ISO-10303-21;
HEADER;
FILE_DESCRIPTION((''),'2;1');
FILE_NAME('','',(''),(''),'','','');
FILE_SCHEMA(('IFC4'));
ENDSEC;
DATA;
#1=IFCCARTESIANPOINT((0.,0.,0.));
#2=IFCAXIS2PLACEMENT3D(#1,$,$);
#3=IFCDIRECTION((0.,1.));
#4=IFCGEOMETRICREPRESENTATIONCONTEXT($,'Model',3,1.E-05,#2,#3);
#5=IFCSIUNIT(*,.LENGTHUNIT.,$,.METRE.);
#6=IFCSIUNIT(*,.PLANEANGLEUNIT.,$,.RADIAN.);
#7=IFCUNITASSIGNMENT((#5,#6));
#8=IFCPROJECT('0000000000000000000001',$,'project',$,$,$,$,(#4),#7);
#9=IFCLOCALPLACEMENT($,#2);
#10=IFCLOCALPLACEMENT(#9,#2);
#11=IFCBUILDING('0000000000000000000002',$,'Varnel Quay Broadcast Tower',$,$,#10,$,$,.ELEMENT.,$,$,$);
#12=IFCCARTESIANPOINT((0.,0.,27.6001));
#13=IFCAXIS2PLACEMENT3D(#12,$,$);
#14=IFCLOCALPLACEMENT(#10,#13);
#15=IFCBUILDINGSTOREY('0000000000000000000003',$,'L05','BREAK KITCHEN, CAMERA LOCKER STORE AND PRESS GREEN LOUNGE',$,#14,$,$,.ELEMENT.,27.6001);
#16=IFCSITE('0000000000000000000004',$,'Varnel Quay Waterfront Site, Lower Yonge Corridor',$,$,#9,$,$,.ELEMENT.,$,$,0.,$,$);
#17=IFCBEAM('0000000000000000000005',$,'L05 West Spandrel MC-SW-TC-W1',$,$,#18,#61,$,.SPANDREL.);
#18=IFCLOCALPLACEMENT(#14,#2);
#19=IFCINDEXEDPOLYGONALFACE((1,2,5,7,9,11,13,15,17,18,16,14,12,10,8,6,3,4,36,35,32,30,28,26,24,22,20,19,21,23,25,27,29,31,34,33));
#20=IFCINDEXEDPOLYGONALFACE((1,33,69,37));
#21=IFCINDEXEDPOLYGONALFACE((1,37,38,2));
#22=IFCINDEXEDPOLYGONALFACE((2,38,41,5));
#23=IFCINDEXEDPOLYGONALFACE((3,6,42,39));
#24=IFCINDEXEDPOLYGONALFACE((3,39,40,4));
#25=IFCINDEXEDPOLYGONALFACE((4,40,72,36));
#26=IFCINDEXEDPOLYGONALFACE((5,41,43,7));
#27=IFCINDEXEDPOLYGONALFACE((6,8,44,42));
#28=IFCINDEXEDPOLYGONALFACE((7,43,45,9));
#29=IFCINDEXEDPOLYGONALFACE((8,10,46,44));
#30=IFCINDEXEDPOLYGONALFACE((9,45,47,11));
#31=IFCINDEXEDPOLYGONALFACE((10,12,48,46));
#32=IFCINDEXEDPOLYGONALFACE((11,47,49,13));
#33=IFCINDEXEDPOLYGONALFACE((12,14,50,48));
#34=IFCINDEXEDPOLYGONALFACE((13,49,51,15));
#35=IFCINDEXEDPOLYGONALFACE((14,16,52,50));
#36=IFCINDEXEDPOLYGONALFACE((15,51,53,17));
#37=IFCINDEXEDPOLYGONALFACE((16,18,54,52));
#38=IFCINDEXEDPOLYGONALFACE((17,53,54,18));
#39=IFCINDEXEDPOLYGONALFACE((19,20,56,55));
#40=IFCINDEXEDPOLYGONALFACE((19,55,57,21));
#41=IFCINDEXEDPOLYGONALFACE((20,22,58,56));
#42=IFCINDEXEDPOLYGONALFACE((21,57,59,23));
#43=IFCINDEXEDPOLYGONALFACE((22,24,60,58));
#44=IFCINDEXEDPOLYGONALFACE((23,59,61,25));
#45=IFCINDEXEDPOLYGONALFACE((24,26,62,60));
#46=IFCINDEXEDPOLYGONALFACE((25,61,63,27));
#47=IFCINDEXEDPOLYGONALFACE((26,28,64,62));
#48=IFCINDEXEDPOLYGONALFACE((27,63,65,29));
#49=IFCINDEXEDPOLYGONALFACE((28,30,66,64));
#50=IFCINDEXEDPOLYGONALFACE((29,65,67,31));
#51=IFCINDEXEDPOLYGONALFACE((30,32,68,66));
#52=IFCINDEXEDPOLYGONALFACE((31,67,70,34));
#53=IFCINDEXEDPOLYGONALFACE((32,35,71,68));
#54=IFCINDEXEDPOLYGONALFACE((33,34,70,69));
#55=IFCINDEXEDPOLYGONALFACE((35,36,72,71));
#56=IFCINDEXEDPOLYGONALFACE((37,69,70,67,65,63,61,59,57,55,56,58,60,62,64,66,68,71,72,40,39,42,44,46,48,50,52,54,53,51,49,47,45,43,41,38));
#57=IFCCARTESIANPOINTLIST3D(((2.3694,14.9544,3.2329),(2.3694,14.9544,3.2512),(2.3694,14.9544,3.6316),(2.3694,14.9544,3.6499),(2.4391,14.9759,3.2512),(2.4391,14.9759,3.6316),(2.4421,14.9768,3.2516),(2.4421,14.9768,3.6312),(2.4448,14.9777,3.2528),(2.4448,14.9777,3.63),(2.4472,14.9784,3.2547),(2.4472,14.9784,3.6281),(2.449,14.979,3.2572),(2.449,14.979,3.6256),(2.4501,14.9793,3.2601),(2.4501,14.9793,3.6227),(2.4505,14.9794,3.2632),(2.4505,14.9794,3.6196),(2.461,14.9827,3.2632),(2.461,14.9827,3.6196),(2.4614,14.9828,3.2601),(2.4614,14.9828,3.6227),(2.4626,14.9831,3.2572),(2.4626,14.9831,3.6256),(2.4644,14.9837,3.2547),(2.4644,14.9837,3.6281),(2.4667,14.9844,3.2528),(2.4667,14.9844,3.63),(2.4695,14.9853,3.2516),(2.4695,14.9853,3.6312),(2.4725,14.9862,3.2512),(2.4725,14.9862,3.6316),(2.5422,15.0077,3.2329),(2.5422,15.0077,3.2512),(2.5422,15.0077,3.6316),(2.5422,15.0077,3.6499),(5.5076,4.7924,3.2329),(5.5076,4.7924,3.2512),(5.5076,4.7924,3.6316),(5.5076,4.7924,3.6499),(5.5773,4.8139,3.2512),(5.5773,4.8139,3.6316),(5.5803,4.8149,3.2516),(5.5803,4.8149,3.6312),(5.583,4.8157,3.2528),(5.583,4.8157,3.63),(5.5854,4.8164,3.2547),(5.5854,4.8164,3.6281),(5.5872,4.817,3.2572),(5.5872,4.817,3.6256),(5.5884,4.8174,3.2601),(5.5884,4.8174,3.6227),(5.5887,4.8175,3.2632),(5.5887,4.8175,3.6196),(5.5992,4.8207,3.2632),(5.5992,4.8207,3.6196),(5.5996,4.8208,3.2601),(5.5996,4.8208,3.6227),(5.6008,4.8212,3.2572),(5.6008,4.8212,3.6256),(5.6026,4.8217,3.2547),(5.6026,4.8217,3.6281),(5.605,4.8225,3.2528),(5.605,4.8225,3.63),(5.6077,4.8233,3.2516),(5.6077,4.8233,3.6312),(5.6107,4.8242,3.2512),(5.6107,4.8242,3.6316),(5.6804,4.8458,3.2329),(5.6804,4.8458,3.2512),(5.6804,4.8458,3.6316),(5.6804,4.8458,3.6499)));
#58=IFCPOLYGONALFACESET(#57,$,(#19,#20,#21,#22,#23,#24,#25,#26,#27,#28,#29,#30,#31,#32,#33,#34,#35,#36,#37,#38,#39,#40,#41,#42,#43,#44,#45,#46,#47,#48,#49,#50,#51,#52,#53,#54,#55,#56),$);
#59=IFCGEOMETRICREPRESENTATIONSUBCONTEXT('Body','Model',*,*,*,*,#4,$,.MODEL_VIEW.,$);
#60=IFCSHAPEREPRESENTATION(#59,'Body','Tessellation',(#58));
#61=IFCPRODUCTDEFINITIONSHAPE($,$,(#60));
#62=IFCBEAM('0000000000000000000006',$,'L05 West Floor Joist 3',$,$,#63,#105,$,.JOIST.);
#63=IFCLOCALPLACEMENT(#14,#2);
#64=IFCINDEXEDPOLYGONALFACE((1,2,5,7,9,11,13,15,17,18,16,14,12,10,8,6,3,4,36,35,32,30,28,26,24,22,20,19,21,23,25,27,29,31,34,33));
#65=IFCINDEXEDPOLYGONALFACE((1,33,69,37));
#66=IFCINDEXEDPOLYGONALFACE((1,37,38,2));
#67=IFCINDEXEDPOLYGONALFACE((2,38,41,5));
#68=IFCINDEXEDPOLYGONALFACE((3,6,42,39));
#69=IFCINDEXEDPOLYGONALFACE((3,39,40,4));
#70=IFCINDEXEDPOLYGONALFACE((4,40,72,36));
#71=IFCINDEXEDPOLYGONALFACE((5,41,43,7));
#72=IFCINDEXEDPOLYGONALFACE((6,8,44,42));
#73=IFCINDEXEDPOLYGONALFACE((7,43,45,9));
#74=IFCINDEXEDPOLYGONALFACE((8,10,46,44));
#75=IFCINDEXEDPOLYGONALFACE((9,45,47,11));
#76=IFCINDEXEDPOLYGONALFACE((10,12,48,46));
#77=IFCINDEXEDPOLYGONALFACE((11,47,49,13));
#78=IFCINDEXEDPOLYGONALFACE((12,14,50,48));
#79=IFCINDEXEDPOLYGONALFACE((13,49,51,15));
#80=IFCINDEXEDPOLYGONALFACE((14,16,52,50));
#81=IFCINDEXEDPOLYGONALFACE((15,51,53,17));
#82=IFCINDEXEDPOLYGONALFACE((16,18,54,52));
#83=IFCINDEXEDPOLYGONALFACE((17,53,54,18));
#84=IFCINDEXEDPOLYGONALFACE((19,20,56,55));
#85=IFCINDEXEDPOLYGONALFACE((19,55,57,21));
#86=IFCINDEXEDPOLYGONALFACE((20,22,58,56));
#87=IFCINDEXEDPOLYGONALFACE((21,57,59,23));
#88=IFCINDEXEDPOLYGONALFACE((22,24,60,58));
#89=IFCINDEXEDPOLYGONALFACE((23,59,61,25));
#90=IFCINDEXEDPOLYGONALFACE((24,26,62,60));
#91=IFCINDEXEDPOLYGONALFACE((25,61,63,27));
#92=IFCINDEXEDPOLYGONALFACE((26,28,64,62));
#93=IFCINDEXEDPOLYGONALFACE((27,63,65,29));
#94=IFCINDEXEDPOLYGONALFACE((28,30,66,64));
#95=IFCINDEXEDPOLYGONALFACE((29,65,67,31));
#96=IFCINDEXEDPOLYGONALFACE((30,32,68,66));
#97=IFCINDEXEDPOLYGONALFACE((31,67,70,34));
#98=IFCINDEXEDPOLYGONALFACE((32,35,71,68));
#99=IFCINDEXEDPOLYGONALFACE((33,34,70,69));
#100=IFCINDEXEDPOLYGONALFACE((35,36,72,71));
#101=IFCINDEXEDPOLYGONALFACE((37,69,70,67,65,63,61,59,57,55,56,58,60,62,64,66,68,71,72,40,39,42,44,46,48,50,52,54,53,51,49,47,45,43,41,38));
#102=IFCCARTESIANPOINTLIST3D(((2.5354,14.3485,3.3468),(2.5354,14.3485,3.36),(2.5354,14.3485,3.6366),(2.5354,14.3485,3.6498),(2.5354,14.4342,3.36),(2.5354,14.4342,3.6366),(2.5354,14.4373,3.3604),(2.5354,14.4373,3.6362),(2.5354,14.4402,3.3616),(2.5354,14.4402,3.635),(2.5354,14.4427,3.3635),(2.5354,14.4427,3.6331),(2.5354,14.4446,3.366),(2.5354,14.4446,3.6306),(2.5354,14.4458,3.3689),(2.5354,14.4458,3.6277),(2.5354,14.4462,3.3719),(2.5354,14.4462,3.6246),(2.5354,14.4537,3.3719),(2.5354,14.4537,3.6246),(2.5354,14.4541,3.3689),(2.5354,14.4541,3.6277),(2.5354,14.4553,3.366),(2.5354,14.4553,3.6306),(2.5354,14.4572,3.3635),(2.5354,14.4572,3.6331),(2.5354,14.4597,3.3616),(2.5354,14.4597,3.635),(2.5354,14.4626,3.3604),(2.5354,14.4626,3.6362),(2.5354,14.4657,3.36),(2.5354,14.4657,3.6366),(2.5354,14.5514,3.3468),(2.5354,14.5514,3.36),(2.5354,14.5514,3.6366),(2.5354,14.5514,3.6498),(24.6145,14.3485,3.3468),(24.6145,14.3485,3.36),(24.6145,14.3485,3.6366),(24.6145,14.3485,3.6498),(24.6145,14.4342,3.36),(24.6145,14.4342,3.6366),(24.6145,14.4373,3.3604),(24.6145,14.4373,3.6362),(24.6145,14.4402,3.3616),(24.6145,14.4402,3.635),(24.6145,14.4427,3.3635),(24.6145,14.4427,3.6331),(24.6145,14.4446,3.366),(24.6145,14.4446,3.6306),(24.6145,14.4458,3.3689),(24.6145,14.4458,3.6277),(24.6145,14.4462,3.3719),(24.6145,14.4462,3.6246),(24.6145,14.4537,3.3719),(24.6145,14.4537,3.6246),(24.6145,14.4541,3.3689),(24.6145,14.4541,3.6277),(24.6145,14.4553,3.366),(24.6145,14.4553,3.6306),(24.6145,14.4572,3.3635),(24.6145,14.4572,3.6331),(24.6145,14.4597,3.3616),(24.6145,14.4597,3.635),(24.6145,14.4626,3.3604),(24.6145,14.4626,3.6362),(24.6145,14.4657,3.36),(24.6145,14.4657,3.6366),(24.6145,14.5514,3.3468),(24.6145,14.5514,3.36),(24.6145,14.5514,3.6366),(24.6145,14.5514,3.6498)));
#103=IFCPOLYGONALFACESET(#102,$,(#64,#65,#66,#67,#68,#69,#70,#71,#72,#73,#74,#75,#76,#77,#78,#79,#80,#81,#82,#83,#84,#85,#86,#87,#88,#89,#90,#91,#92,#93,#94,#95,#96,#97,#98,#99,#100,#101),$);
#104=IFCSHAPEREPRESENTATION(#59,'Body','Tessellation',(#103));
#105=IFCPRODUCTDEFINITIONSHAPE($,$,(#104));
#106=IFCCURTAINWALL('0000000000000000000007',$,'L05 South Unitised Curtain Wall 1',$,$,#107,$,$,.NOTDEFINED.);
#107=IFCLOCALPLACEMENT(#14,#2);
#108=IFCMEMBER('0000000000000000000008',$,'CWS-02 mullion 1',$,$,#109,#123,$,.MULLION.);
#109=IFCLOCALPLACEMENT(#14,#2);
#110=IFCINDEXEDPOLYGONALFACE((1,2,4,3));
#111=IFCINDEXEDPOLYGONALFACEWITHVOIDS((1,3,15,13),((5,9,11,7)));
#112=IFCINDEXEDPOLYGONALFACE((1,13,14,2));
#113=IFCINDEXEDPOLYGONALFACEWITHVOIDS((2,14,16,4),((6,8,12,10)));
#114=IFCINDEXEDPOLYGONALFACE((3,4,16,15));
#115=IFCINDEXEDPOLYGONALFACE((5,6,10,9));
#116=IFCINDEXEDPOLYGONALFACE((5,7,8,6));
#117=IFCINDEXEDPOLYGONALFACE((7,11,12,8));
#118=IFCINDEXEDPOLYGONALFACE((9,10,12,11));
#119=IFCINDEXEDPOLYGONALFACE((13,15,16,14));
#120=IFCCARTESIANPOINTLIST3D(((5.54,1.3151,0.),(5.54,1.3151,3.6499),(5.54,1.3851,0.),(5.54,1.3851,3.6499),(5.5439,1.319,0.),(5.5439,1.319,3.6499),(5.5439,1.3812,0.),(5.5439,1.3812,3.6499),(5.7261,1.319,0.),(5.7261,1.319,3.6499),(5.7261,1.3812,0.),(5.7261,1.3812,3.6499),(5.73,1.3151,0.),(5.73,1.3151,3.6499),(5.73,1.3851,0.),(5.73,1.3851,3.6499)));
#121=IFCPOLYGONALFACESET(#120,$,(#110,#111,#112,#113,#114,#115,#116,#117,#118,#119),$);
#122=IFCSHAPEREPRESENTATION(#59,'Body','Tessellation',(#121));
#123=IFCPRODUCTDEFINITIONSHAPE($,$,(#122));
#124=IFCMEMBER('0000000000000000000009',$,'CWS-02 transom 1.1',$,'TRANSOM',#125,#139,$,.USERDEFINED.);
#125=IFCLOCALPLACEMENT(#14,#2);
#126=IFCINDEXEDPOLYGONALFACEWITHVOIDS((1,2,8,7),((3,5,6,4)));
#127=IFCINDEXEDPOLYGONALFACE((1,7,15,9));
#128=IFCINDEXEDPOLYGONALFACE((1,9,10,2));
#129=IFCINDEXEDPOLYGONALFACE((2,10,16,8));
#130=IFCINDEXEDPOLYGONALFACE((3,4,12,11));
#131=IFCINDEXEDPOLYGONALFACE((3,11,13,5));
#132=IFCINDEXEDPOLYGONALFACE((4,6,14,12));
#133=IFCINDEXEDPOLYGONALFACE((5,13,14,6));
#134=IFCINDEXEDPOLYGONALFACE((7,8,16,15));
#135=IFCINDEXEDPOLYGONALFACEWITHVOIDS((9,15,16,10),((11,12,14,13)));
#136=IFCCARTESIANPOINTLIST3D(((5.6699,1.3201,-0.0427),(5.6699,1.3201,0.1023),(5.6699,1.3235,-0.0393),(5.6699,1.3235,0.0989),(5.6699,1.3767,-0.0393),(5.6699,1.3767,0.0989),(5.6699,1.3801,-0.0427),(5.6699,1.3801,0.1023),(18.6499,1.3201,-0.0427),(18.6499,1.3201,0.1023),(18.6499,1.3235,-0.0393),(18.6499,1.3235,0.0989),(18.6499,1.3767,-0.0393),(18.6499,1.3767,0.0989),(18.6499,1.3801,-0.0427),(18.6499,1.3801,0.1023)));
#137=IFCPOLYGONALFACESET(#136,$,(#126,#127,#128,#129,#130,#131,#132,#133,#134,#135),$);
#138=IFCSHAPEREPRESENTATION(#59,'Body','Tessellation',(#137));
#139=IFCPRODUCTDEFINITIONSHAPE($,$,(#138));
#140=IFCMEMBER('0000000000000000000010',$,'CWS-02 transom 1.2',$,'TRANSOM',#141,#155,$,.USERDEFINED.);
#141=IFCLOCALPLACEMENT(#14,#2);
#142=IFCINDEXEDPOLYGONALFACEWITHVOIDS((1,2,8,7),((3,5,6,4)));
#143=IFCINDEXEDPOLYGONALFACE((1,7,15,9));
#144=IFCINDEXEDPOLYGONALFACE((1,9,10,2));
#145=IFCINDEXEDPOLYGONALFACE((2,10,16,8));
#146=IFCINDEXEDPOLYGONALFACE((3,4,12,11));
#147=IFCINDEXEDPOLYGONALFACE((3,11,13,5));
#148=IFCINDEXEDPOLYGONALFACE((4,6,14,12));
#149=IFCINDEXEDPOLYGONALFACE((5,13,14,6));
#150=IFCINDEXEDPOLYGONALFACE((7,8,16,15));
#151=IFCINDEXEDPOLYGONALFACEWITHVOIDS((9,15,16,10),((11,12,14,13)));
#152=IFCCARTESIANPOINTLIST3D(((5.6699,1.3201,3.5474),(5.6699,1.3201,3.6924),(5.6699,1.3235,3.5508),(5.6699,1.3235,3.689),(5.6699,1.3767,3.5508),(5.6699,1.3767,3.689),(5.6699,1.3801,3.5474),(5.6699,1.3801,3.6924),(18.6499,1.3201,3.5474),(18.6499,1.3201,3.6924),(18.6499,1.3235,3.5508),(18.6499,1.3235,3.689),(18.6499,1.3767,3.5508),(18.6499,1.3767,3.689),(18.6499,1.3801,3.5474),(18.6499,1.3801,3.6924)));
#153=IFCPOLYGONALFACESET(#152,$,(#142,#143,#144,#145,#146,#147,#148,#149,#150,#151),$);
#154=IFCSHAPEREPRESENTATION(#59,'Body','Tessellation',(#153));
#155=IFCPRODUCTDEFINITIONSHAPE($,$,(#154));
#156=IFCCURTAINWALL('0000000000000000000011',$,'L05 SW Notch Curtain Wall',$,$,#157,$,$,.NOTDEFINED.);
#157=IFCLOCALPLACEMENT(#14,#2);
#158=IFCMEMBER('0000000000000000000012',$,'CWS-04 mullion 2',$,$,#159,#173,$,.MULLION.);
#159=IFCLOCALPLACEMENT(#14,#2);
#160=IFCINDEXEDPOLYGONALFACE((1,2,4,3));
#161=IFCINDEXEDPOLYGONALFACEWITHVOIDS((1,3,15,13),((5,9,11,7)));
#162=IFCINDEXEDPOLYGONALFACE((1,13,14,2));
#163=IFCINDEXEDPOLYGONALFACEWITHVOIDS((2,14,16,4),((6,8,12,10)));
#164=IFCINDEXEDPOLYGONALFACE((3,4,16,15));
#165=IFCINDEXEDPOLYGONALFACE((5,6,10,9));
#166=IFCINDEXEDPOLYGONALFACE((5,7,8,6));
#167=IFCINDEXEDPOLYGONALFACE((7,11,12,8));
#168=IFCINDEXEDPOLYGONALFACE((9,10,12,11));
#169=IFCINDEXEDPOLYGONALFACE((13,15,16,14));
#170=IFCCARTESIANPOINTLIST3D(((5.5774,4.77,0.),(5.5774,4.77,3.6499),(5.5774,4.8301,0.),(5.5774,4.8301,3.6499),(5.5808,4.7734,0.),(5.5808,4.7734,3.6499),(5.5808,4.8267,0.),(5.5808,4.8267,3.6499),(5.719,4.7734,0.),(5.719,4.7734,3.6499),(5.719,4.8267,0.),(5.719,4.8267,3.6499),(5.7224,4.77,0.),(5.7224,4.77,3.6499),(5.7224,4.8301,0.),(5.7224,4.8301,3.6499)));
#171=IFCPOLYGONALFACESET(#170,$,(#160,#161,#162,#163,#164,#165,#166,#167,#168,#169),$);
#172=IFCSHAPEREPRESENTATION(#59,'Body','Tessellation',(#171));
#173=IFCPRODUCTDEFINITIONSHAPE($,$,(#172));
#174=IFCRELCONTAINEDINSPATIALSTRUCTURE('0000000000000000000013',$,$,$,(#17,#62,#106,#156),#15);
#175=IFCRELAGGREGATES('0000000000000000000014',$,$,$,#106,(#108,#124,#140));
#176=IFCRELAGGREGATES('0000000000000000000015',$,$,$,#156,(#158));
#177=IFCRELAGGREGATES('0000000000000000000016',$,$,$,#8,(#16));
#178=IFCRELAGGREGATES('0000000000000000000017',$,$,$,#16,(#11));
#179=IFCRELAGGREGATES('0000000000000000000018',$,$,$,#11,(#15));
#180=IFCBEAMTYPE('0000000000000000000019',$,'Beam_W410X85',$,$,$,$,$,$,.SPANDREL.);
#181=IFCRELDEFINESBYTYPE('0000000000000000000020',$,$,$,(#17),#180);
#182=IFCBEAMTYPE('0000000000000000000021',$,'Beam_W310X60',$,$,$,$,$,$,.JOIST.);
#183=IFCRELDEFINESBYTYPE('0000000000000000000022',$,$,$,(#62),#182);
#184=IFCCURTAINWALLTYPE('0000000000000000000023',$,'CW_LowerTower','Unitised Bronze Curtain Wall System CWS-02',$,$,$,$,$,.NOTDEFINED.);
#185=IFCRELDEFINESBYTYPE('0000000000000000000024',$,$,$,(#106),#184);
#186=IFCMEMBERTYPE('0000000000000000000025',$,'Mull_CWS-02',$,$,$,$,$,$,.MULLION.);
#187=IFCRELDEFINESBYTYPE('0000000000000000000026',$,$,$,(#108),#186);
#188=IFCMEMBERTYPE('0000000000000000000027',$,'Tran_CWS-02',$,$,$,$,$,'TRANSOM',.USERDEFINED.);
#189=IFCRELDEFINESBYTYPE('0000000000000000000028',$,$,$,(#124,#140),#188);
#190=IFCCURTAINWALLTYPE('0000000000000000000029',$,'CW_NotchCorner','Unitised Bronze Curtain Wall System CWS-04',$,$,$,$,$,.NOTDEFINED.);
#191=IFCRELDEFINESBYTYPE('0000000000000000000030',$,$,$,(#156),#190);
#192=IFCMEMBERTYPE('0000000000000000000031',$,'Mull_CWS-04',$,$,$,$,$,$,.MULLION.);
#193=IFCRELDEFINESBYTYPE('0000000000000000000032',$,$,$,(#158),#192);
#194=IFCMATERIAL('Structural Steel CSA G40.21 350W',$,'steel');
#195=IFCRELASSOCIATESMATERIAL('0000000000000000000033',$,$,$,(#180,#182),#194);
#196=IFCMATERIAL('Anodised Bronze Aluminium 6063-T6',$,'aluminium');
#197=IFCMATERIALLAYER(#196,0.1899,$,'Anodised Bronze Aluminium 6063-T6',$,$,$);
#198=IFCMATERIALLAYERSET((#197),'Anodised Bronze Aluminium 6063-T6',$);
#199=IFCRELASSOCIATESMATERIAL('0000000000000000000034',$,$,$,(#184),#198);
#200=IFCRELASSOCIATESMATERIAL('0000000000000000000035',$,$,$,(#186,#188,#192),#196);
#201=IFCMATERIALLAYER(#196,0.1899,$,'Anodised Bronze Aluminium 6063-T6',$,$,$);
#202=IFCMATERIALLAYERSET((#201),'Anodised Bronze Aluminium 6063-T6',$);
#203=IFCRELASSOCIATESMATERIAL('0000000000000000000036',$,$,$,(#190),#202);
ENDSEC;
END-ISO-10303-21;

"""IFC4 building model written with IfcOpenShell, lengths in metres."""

from ifc_helpers import new_model, si_unit, direction, frame, origin, origin_2d, place, context, subcontext, project, spatial, hollow_rectangle, i_section, extrude, source, transform, mapped, material, layer, layer_set, material_profile, profile_set, type_object, type_shapes, element, aggregate, save


model = new_model("IFC4")

# Units and contexts
model_context = context("Model", 3, precision=1e-05, world=origin(), true_north=direction((0.0, 1.0)))
body_context = subcontext(model_context, "Body", "Model", "MODEL_VIEW")
ifc_project = project(units=[si_unit("LENGTHUNIT", "METRE"), si_unit("PLANEANGLEUNIT", "RADIAN")], contexts=[model_context])

# Site, building, storey
site_placement = place(None, origin())
site = spatial("IfcSite", under=ifc_project, at=site_placement, Name="Varnel Quay Waterfront Site, Lower Yonge Corridor", CompositionType="ELEMENT", RefElevation=0.0)
building_placement = place(site_placement, origin())
building = spatial("IfcBuilding", under=site, at=building_placement, Name="Varnel Quay Broadcast Tower", CompositionType="ELEMENT")
storey_placement = place(building_placement, frame((0.0, 0.0, 27.6001)))
storey = spatial("IfcBuildingStorey", under=building, at=storey_placement, Name="L05", Description="BREAK KITCHEN, CAMERA LOCKER STORE AND PRESS GREEN LOUNGE", CompositionType="ELEMENT", Elevation=27.6001)

# Shared definitions
ifc_material_1 = material(Name="Structural Steel CSA G40.21 350W", Category="steel")

# Beams
ifc_material_profile_1 = material_profile(ifc_material_1, i_section(OverallWidth=0.1809, OverallDepth=0.417, WebThickness=0.011, FlangeThickness=0.0183, FilletRadius=0.012, at=origin_2d()), Name="W410X85")
ifc_profile_set_1 = profile_set([ifc_material_profile_1], Name="Structural Steel CSA G40.21 350W")
beam_type_1 = type_object("IfcBeamType", Name="Beam_W410X85", PredefinedType="SPANDREL", material=ifc_profile_set_1)
shared_shape_1 = source(origin(), body_context, "Body", "SweptSolid", [
    extrude(i_section(OverallWidth=0.1809, OverallDepth=0.417, WebThickness=0.011, FlangeThickness=0.0183, FilletRadius=0.012, at=origin_2d()), origin(), (0.0, 0.0, 1.0), 10.6355),
])
beam_1_placement = place(storey_placement, frame((5.594, 4.8191, 3.4414), z_axis=(-0.29507, 0.955476, 0.0), x_axis=(-0.955476, -0.29507, 0.0)))
element("IfcBeam", 1, at=beam_1_placement, inside=storey, type_object=beam_type_1, Name="L05 West Spandrel MC-SW-TC-W1", PredefinedType="SPANDREL", context=body_context, shape_type="MappedRepresentation", body=[
    mapped(shared_shape_1, transform((0.0, 0.0, 0.0), x_axis=(1.0, 0.0, 0.0), y_axis=(0.0, 1.0, 0.0), z_axis=(0.0, 0.0, 1.0), scale=1.0)),
])
ifc_material_profile_2 = material_profile(ifc_material_1, i_section(OverallWidth=0.2029, OverallDepth=0.303, WebThickness=0.0076, FlangeThickness=0.0132, FilletRadius=0.012, at=origin_2d()), Name="W310X60")
ifc_profile_set_2 = profile_set([ifc_material_profile_2], Name="Structural Steel CSA G40.21 350W")
beam_type_2 = type_object("IfcBeamType", Name="Beam_W310X60", PredefinedType="JOIST", material=ifc_profile_set_2)
shared_shape_2 = source(origin(), body_context, "Body", "SweptSolid", [
    extrude(i_section(OverallWidth=0.2029, OverallDepth=0.303, WebThickness=0.0076, FlangeThickness=0.0132, FilletRadius=0.012, at=origin_2d()), origin(), (0.0, 0.0, 1.0), 22.0791),
])
type_shapes(beam_type_2, [shared_shape_2])
beam_2_placement = place(storey_placement, frame((2.5354, 14.45, 3.4983), z_axis=(1.0, 0.0, 0.0), x_axis=(0.0, 1.0, 0.0)))
element("IfcBeam", 2, at=beam_2_placement, inside=storey, type_object=beam_type_2, Name="L05 West Floor Joist 3", PredefinedType="JOIST", context=body_context, shape_type="MappedRepresentation", body=[
    mapped(shared_shape_2, transform((0.0, 0.0, 0.0), x_axis=(1.0, 0.0, 0.0), y_axis=(0.0, 1.0, 0.0), z_axis=(0.0, 0.0, 1.0), scale=1.0)),
])

# Curtain wall, members
ifc_material_2 = material(Name="Anodised Bronze Aluminium 6063-T6", Category="aluminium")
ifc_layer_1 = layer(ifc_material_2, 0.1899, Name="Anodised Bronze Aluminium 6063-T6")
ifc_layer_set_1 = layer_set([ifc_layer_1], Name="Anodised Bronze Aluminium 6063-T6")
curtain_wall_type_1 = type_object("IfcCurtainWallType", Name="CW_LowerTower", Description="Unitised Bronze Curtain Wall System CWS-02", PredefinedType="NOTDEFINED", material=ifc_layer_set_1)
curtain_wall_1_placement = place(storey_placement, origin())
curtain_wall_1 = element("IfcCurtainWall", 3, at=curtain_wall_1_placement, inside=storey, type_object=curtain_wall_type_1, Name="L05 South Unitised Curtain Wall 1", PredefinedType="NOTDEFINED")
ifc_material_profile_3 = material_profile(ifc_material_2, hollow_rectangle(XDim=0.0701, YDim=0.1899, WallThickness=0.0039, at=origin_2d()), Name="ALU70X190X4")
ifc_profile_set_3 = profile_set([ifc_material_profile_3], Name="Anodised Bronze Aluminium 6063-T6")
member_type_1 = type_object("IfcMemberType", Name="Mull_CWS-02", PredefinedType="MULLION", material=ifc_profile_set_3)
shared_shape_3 = source(origin(), body_context, "Body", "SweptSolid", [
    extrude(hollow_rectangle(XDim=0.0701, YDim=0.1899, WallThickness=0.0039, at=origin_2d()), origin(), (0.0, 0.0, 1.0), 3.6499),
])
type_shapes(member_type_1, [shared_shape_3])
member_1_placement = place(storey_placement, frame((5.635, 1.3501, 0.0), z_axis=(0.0, 0.0, 1.0), x_axis=(0.0, 1.0, 0.0)))
member_1 = element("IfcMember", 4, at=member_1_placement, type_object=member_type_1, Name="CWS-02 mullion 1", PredefinedType="MULLION", context=body_context, shape_type="MappedRepresentation", body=[
    mapped(shared_shape_3, transform((0.0, 0.0, 0.0), x_axis=(1.0, 0.0, 0.0), y_axis=(0.0, 1.0, 0.0), z_axis=(0.0, 0.0, 1.0), scale=1.0)),
])
ifc_material_profile_4 = material_profile(ifc_material_2, hollow_rectangle(XDim=0.0601, YDim=0.145, WallThickness=0.0034, at=origin_2d()), Name="ALU60X145X3.5")
ifc_profile_set_4 = profile_set([ifc_material_profile_4], Name="Anodised Bronze Aluminium 6063-T6")
member_type_2 = type_object("IfcMemberType", Name="Tran_CWS-02", ElementType="TRANSOM", PredefinedType="USERDEFINED", material=ifc_profile_set_4)
shared_shape_4 = source(origin(), body_context, "Body", "SweptSolid", [
    extrude(hollow_rectangle(XDim=0.0601, YDim=0.145, WallThickness=0.0034, at=origin_2d()), origin(), (0.0, 0.0, 1.0), 12.98),
])
type_shapes(member_type_2, [shared_shape_4])
member_2_placement = place(storey_placement, frame((5.6699, 1.3501, 0.0298), z_axis=(1.0, 0.0, 0.0), x_axis=(0.0, 1.0, 0.0)))
member_2 = element("IfcMember", 5, at=member_2_placement, type_object=member_type_2, Name="CWS-02 transom 1.1", ObjectType="TRANSOM", PredefinedType="USERDEFINED", context=body_context, shape_type="MappedRepresentation", body=[
    mapped(shared_shape_4, transform((0.0, 0.0, 0.0), x_axis=(1.0, 0.0, 0.0), y_axis=(0.0, 1.0, 0.0), z_axis=(0.0, 0.0, 1.0), scale=1.0)),
])
member_3_placement = place(storey_placement, frame((5.6699, 1.3501, 3.6199), z_axis=(1.0, 0.0, 0.0), x_axis=(0.0, 1.0, 0.0)))
member_3 = element("IfcMember", 6, at=member_3_placement, type_object=member_type_2, Name="CWS-02 transom 1.2", ObjectType="TRANSOM", PredefinedType="USERDEFINED", context=body_context, shape_type="MappedRepresentation", body=[
    mapped(shared_shape_4, transform((0.0, 0.0, 0.0), x_axis=(1.0, 0.0, 0.0), y_axis=(0.0, 1.0, 0.0), z_axis=(0.0, 0.0, 1.0), scale=1.0)),
])

# Curtain wall, member
ifc_layer_2 = layer(ifc_material_2, 0.1899, Name="Anodised Bronze Aluminium 6063-T6")
ifc_layer_set_2 = layer_set([ifc_layer_2], Name="Anodised Bronze Aluminium 6063-T6")
curtain_wall_type_2 = type_object("IfcCurtainWallType", Name="CW_NotchCorner", Description="Unitised Bronze Curtain Wall System CWS-04", PredefinedType="NOTDEFINED", material=ifc_layer_set_2)
curtain_wall_2_placement = place(storey_placement, origin())
curtain_wall_2 = element("IfcCurtainWall", 7, at=curtain_wall_2_placement, inside=storey, type_object=curtain_wall_type_2, Name="L05 SW Notch Curtain Wall", PredefinedType="NOTDEFINED")
ifc_material_profile_5 = material_profile(ifc_material_2, hollow_rectangle(XDim=0.0601, YDim=0.145, WallThickness=0.0034, at=origin_2d()), Name="ALU60X145X3.5")
ifc_profile_set_5 = profile_set([ifc_material_profile_5], Name="Anodised Bronze Aluminium 6063-T6")
member_type_3 = type_object("IfcMemberType", Name="Mull_CWS-04", PredefinedType="MULLION", material=ifc_profile_set_5)
shared_shape_5 = source(origin(), body_context, "Body", "SweptSolid", [
    extrude(hollow_rectangle(XDim=0.0601, YDim=0.145, WallThickness=0.0034, at=origin_2d()), origin(), (0.0, 0.0, 1.0), 3.6499),
])
type_shapes(member_type_3, [shared_shape_5])
member_4_placement = place(storey_placement, frame((5.6499, 4.8, 0.0), z_axis=(0.0, 0.0, 1.0), x_axis=(0.0, 1.0, 0.0)))
member_4 = element("IfcMember", 8, at=member_4_placement, type_object=member_type_3, Name="CWS-04 mullion 2", PredefinedType="MULLION", context=body_context, shape_type="MappedRepresentation", body=[
    mapped(shared_shape_5, transform((0.0, 0.0, 0.0), x_axis=(1.0, 0.0, 0.0), y_axis=(0.0, 1.0, 0.0), z_axis=(0.0, 0.0, 1.0), scale=1.0)),
])

aggregate(curtain_wall_1, [member_1, member_2, member_3])
aggregate(curtain_wall_2, [member_4])

save(model, "model.ifc")
